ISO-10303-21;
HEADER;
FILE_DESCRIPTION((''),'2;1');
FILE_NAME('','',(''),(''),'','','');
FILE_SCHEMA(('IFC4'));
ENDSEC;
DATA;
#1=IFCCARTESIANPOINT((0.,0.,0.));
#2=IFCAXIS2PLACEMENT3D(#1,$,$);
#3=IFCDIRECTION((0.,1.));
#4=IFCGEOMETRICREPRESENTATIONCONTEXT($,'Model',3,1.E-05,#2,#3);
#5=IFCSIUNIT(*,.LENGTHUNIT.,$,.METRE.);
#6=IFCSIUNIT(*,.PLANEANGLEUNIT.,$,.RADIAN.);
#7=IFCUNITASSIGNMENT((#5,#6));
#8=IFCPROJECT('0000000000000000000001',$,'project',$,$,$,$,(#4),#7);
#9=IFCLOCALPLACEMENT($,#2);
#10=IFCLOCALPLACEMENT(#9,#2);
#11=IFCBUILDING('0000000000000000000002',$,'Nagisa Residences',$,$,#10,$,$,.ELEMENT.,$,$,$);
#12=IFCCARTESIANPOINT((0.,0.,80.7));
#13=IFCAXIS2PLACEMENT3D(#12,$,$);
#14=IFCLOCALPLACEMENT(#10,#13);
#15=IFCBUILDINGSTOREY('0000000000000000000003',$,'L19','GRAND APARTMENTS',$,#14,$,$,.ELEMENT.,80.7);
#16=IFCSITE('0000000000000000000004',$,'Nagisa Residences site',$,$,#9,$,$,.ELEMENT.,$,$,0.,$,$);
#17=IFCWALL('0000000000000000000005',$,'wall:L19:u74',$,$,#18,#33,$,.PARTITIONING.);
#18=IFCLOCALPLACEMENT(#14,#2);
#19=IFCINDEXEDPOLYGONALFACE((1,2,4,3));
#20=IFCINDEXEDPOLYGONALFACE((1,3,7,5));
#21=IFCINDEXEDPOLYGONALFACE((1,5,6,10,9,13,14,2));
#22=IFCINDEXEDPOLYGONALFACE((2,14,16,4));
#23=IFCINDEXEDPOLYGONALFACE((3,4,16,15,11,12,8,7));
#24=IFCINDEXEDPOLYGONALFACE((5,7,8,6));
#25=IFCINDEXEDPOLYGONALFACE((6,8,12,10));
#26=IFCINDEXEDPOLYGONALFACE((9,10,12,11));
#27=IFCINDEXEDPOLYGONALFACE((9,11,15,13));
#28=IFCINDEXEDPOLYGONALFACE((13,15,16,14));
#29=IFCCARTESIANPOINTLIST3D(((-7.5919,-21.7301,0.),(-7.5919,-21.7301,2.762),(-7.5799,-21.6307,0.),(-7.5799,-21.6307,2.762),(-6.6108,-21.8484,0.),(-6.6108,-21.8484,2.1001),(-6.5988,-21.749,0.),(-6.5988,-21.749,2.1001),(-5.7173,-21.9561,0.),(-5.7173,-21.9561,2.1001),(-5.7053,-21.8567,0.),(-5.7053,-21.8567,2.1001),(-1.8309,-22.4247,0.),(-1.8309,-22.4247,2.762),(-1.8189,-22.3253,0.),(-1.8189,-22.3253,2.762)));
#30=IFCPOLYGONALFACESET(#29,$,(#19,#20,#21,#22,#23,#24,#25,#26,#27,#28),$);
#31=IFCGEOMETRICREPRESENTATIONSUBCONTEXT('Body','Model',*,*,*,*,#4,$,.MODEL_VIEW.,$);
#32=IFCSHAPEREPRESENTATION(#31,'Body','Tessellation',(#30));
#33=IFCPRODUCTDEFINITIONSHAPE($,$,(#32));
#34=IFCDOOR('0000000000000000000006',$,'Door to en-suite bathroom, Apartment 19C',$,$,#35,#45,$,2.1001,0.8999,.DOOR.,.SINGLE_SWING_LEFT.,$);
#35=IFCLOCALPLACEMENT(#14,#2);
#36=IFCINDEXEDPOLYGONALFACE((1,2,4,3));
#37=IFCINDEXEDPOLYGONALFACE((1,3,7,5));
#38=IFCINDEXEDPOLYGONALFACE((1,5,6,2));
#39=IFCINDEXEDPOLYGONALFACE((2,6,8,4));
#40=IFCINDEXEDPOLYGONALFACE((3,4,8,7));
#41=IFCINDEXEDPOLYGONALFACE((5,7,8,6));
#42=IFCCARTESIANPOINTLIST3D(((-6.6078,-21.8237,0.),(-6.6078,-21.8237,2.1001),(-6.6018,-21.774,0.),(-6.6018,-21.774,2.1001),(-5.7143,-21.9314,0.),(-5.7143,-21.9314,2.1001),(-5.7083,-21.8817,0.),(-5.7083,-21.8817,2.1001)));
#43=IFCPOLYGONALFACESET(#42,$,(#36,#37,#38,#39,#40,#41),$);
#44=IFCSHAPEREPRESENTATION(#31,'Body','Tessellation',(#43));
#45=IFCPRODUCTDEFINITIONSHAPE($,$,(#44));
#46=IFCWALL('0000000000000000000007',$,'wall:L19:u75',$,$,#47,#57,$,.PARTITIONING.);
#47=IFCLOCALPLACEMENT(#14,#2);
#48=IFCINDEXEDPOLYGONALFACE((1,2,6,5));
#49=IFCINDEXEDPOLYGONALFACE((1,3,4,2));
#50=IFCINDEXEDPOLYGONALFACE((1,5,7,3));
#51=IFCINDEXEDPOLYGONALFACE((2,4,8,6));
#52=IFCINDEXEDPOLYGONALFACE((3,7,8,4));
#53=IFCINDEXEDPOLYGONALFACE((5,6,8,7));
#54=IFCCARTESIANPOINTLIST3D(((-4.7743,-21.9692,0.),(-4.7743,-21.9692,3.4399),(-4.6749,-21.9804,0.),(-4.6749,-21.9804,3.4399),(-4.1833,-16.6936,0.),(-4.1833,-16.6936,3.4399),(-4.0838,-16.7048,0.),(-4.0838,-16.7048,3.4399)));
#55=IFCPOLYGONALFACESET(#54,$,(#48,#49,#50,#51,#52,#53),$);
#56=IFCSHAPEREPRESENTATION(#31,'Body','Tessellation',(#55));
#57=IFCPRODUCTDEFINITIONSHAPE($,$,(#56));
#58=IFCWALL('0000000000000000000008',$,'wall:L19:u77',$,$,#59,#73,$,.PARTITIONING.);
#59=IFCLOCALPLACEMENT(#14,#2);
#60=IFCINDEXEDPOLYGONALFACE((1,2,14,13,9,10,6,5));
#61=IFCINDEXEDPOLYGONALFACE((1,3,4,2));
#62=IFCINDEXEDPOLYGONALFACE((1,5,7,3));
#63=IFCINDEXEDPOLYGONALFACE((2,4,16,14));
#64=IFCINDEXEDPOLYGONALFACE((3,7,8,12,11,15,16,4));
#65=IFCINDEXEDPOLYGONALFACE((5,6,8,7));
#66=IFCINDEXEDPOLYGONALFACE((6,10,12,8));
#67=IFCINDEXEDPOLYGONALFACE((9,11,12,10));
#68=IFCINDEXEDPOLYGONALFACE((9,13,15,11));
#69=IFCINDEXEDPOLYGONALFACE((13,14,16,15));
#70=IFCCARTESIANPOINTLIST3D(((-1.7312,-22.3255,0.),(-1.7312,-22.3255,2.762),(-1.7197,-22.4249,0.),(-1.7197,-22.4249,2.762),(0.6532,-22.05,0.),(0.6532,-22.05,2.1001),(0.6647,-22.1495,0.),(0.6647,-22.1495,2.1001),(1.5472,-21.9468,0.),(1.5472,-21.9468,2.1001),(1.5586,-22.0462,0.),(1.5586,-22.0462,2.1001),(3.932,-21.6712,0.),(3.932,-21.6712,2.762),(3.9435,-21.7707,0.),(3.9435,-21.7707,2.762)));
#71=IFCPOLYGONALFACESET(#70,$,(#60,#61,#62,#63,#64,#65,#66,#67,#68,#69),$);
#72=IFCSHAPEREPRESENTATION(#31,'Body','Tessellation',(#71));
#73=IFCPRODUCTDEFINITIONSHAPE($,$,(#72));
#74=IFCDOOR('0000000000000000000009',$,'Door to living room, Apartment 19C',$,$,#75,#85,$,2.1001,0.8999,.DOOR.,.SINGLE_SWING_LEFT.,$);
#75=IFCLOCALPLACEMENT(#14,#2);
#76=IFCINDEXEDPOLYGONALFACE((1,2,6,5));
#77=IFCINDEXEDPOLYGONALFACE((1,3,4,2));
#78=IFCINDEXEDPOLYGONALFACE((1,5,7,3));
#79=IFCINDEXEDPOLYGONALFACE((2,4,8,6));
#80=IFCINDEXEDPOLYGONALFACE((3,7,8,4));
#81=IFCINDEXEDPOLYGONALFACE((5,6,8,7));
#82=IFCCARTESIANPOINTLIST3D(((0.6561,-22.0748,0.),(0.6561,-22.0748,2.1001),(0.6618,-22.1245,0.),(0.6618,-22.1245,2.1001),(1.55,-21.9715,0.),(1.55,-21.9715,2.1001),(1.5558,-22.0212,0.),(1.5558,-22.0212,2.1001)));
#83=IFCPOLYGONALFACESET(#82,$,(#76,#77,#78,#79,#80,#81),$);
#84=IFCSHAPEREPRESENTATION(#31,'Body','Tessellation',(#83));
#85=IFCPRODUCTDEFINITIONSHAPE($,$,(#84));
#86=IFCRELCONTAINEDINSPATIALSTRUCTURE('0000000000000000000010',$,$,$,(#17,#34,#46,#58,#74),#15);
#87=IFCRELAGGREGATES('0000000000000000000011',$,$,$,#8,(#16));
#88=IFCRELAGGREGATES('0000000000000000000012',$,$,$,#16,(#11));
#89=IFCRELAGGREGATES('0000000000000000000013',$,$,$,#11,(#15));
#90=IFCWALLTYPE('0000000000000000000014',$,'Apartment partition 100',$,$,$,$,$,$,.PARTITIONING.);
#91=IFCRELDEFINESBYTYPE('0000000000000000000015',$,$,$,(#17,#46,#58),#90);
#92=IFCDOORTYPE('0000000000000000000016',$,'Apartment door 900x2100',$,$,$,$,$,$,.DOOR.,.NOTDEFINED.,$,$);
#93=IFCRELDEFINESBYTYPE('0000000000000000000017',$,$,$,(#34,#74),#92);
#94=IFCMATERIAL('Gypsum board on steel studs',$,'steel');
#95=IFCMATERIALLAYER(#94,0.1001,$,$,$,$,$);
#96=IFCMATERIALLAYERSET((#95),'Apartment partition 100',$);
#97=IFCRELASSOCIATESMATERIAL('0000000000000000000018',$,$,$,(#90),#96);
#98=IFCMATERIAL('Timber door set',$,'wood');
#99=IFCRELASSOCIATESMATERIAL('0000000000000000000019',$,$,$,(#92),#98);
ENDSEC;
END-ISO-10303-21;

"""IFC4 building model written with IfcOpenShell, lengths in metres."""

from ifc_helpers import new_model, si_unit, direction, frame, frame_2d, origin, place, context, subcontext, project, spatial, rectangle, extrude, material, layer, layer_set, type_object, element, fill, save


model = new_model("IFC4")

# Units and contexts
model_context = context("Model", 3, precision=1e-05, world=origin(), true_north=direction((0.0, 1.0)))
body_context = subcontext(model_context, "Body", "Model", "MODEL_VIEW")
ifc_project = project(units=[si_unit("LENGTHUNIT", "METRE"), si_unit("PLANEANGLEUNIT", "RADIAN")], contexts=[model_context])

# Site, building, storey
site_placement = place(None, origin())
site = spatial("IfcSite", under=ifc_project, at=site_placement, Name="Nagisa Residences site", CompositionType="ELEMENT", RefElevation=0.0)
building_placement = place(site_placement, origin())
building = spatial("IfcBuilding", under=site, at=building_placement, Name="Nagisa Residences", CompositionType="ELEMENT")
storey_placement = place(building_placement, frame((0.0, 0.0, 80.7)))
storey = spatial("IfcBuildingStorey", under=building, at=storey_placement, Name="L19", Description="GRAND APARTMENTS", CompositionType="ELEMENT", Elevation=80.7)

# Shared definitions
ifc_material_1 = material(Name="Gypsum board on steel studs", Category="steel")
ifc_layer_1 = layer(ifc_material_1, 0.1001)
ifc_layer_set_1 = layer_set([ifc_layer_1], Name="Apartment partition 100")
wall_type_1 = type_object("IfcWallType", Name="Apartment partition 100", PredefinedType="PARTITIONING", material=ifc_layer_set_1)
ifc_material_2 = material(Name="Timber door set", Category="wood")
door_type_1 = type_object("IfcDoorType", Name="Apartment door 900x2100", OperationType="NOTDEFINED", PredefinedType="DOOR", material=ifc_material_2)

# Wall, opening, door
wall_1_placement = place(storey_placement, frame((-7.5859, -21.6804, 0.0), z_axis=(0.0, 0.0, 1.0), x_axis=(0.99281, -0.119699, 0.0)))
wall_1 = element("IfcWall", 1, at=wall_1_placement, inside=storey, type_object=wall_type_1, Name="wall:L19:u74", PredefinedType="PARTITIONING", context=body_context, shape_type="SweptSolid", body=[
    extrude(rectangle(XDim=5.8027, YDim=0.1001, at=frame_2d((2.9014, 0.0))), origin(), (0.0, 0.0, 1.0), 2.762),
])
opening_1_placement = place(wall_1_placement, frame((0.9883, 0.0, 0.0)))
opening_1 = element("IfcOpeningElement", 2, at=opening_1_placement, cuts=wall_1, PredefinedType="OPENING", context=body_context, shape_type="SweptSolid", body=[
    extrude(rectangle(XDim=0.8999, YDim=2.1001, at=frame_2d((0.45, 1.05))), frame((0.0, 0.0601, 0.0), z_axis=(0.0, -1.0, 0.0), x_axis=(1.0, 0.0, 0.0)), (0.0, 0.0, 1.0), 0.1201),
])
door_1_placement = place(opening_1_placement, origin())
door_1 = element("IfcDoor", 3, at=door_1_placement, inside=storey, type_object=door_type_1, Name="Door to en-suite bathroom, Apartment 19C", OperationType="SINGLE_SWING_LEFT", OverallHeight=2.1001, OverallWidth=0.8999, PredefinedType="DOOR", context=body_context, shape_type="SweptSolid", body=[
    extrude(rectangle(XDim=0.8999, YDim=2.1001, at=frame_2d((0.45, 1.05))), frame((0.0, 0.0249, 0.0), z_axis=(0.0, -1.0, 0.0), x_axis=(1.0, 0.0, 0.0)), (0.0, 0.0, 1.0), 0.05),
])
fill(opening_1, door_1)

# Wall
wall_2_placement = place(storey_placement, frame((-4.1335, -16.6992, 0.0), z_axis=(0.0, 0.0, 1.0), x_axis=(-0.11134, -0.993782, 0.0)))
element("IfcWall", 4, at=wall_2_placement, inside=storey, type_object=wall_type_1, Name="wall:L19:u75", PredefinedType="PARTITIONING", context=body_context, shape_type="SweptSolid", body=[
    extrude(rectangle(XDim=5.3086, YDim=0.1001, at=frame_2d((2.6543, 0.0))), origin(), (0.0, 0.0, 1.0), 3.4399),
])

# Wall, opening, door
wall_3_placement = place(storey_placement, frame((-1.7256, -22.3752, 0.0), z_axis=(0.0, 0.0, 1.0), x_axis=(0.993392, 0.114769, 0.0)))
wall_3 = element("IfcWall", 5, at=wall_3_placement, inside=storey, type_object=wall_type_1, Name="wall:L19:u77", PredefinedType="PARTITIONING", context=body_context, shape_type="SweptSolid", body=[
    extrude(rectangle(XDim=5.7009, YDim=0.1001, at=frame_2d((2.8506, 0.0))), origin(), (0.0, 0.0, 1.0), 2.762),
])
opening_2_placement = place(wall_3_placement, frame((2.4004, 0.0, 0.0)))
opening_2 = element("IfcOpeningElement", 6, at=opening_2_placement, cuts=wall_3, PredefinedType="OPENING", context=body_context, shape_type="SweptSolid", body=[
    extrude(rectangle(XDim=0.8999, YDim=2.1001, at=frame_2d((0.45, 1.05))), frame((0.0, 0.0601, 0.0), z_axis=(0.0, -1.0, 0.0), x_axis=(1.0, 0.0, 0.0)), (0.0, 0.0, 1.0), 0.1201),
])
door_2_placement = place(opening_2_placement, frame((0.8999, 0.0, 0.0), x_axis=(-1.0, 0.0, 0.0)))
door_2 = element("IfcDoor", 7, at=door_2_placement, inside=storey, type_object=door_type_1, Name="Door to living room, Apartment 19C", OperationType="SINGLE_SWING_LEFT", OverallHeight=2.1001, OverallWidth=0.8999, PredefinedType="DOOR", context=body_context, shape_type="SweptSolid", body=[
    extrude(rectangle(XDim=0.8999, YDim=2.1001, at=frame_2d((0.45, 1.05))), frame((0.0, 0.0249, 0.0), z_axis=(0.0, -1.0, 0.0), x_axis=(1.0, 0.0, 0.0)), (0.0, 0.0, 1.0), 0.05),
])
fill(opening_2, door_2)

save(model, "model.ifc")
